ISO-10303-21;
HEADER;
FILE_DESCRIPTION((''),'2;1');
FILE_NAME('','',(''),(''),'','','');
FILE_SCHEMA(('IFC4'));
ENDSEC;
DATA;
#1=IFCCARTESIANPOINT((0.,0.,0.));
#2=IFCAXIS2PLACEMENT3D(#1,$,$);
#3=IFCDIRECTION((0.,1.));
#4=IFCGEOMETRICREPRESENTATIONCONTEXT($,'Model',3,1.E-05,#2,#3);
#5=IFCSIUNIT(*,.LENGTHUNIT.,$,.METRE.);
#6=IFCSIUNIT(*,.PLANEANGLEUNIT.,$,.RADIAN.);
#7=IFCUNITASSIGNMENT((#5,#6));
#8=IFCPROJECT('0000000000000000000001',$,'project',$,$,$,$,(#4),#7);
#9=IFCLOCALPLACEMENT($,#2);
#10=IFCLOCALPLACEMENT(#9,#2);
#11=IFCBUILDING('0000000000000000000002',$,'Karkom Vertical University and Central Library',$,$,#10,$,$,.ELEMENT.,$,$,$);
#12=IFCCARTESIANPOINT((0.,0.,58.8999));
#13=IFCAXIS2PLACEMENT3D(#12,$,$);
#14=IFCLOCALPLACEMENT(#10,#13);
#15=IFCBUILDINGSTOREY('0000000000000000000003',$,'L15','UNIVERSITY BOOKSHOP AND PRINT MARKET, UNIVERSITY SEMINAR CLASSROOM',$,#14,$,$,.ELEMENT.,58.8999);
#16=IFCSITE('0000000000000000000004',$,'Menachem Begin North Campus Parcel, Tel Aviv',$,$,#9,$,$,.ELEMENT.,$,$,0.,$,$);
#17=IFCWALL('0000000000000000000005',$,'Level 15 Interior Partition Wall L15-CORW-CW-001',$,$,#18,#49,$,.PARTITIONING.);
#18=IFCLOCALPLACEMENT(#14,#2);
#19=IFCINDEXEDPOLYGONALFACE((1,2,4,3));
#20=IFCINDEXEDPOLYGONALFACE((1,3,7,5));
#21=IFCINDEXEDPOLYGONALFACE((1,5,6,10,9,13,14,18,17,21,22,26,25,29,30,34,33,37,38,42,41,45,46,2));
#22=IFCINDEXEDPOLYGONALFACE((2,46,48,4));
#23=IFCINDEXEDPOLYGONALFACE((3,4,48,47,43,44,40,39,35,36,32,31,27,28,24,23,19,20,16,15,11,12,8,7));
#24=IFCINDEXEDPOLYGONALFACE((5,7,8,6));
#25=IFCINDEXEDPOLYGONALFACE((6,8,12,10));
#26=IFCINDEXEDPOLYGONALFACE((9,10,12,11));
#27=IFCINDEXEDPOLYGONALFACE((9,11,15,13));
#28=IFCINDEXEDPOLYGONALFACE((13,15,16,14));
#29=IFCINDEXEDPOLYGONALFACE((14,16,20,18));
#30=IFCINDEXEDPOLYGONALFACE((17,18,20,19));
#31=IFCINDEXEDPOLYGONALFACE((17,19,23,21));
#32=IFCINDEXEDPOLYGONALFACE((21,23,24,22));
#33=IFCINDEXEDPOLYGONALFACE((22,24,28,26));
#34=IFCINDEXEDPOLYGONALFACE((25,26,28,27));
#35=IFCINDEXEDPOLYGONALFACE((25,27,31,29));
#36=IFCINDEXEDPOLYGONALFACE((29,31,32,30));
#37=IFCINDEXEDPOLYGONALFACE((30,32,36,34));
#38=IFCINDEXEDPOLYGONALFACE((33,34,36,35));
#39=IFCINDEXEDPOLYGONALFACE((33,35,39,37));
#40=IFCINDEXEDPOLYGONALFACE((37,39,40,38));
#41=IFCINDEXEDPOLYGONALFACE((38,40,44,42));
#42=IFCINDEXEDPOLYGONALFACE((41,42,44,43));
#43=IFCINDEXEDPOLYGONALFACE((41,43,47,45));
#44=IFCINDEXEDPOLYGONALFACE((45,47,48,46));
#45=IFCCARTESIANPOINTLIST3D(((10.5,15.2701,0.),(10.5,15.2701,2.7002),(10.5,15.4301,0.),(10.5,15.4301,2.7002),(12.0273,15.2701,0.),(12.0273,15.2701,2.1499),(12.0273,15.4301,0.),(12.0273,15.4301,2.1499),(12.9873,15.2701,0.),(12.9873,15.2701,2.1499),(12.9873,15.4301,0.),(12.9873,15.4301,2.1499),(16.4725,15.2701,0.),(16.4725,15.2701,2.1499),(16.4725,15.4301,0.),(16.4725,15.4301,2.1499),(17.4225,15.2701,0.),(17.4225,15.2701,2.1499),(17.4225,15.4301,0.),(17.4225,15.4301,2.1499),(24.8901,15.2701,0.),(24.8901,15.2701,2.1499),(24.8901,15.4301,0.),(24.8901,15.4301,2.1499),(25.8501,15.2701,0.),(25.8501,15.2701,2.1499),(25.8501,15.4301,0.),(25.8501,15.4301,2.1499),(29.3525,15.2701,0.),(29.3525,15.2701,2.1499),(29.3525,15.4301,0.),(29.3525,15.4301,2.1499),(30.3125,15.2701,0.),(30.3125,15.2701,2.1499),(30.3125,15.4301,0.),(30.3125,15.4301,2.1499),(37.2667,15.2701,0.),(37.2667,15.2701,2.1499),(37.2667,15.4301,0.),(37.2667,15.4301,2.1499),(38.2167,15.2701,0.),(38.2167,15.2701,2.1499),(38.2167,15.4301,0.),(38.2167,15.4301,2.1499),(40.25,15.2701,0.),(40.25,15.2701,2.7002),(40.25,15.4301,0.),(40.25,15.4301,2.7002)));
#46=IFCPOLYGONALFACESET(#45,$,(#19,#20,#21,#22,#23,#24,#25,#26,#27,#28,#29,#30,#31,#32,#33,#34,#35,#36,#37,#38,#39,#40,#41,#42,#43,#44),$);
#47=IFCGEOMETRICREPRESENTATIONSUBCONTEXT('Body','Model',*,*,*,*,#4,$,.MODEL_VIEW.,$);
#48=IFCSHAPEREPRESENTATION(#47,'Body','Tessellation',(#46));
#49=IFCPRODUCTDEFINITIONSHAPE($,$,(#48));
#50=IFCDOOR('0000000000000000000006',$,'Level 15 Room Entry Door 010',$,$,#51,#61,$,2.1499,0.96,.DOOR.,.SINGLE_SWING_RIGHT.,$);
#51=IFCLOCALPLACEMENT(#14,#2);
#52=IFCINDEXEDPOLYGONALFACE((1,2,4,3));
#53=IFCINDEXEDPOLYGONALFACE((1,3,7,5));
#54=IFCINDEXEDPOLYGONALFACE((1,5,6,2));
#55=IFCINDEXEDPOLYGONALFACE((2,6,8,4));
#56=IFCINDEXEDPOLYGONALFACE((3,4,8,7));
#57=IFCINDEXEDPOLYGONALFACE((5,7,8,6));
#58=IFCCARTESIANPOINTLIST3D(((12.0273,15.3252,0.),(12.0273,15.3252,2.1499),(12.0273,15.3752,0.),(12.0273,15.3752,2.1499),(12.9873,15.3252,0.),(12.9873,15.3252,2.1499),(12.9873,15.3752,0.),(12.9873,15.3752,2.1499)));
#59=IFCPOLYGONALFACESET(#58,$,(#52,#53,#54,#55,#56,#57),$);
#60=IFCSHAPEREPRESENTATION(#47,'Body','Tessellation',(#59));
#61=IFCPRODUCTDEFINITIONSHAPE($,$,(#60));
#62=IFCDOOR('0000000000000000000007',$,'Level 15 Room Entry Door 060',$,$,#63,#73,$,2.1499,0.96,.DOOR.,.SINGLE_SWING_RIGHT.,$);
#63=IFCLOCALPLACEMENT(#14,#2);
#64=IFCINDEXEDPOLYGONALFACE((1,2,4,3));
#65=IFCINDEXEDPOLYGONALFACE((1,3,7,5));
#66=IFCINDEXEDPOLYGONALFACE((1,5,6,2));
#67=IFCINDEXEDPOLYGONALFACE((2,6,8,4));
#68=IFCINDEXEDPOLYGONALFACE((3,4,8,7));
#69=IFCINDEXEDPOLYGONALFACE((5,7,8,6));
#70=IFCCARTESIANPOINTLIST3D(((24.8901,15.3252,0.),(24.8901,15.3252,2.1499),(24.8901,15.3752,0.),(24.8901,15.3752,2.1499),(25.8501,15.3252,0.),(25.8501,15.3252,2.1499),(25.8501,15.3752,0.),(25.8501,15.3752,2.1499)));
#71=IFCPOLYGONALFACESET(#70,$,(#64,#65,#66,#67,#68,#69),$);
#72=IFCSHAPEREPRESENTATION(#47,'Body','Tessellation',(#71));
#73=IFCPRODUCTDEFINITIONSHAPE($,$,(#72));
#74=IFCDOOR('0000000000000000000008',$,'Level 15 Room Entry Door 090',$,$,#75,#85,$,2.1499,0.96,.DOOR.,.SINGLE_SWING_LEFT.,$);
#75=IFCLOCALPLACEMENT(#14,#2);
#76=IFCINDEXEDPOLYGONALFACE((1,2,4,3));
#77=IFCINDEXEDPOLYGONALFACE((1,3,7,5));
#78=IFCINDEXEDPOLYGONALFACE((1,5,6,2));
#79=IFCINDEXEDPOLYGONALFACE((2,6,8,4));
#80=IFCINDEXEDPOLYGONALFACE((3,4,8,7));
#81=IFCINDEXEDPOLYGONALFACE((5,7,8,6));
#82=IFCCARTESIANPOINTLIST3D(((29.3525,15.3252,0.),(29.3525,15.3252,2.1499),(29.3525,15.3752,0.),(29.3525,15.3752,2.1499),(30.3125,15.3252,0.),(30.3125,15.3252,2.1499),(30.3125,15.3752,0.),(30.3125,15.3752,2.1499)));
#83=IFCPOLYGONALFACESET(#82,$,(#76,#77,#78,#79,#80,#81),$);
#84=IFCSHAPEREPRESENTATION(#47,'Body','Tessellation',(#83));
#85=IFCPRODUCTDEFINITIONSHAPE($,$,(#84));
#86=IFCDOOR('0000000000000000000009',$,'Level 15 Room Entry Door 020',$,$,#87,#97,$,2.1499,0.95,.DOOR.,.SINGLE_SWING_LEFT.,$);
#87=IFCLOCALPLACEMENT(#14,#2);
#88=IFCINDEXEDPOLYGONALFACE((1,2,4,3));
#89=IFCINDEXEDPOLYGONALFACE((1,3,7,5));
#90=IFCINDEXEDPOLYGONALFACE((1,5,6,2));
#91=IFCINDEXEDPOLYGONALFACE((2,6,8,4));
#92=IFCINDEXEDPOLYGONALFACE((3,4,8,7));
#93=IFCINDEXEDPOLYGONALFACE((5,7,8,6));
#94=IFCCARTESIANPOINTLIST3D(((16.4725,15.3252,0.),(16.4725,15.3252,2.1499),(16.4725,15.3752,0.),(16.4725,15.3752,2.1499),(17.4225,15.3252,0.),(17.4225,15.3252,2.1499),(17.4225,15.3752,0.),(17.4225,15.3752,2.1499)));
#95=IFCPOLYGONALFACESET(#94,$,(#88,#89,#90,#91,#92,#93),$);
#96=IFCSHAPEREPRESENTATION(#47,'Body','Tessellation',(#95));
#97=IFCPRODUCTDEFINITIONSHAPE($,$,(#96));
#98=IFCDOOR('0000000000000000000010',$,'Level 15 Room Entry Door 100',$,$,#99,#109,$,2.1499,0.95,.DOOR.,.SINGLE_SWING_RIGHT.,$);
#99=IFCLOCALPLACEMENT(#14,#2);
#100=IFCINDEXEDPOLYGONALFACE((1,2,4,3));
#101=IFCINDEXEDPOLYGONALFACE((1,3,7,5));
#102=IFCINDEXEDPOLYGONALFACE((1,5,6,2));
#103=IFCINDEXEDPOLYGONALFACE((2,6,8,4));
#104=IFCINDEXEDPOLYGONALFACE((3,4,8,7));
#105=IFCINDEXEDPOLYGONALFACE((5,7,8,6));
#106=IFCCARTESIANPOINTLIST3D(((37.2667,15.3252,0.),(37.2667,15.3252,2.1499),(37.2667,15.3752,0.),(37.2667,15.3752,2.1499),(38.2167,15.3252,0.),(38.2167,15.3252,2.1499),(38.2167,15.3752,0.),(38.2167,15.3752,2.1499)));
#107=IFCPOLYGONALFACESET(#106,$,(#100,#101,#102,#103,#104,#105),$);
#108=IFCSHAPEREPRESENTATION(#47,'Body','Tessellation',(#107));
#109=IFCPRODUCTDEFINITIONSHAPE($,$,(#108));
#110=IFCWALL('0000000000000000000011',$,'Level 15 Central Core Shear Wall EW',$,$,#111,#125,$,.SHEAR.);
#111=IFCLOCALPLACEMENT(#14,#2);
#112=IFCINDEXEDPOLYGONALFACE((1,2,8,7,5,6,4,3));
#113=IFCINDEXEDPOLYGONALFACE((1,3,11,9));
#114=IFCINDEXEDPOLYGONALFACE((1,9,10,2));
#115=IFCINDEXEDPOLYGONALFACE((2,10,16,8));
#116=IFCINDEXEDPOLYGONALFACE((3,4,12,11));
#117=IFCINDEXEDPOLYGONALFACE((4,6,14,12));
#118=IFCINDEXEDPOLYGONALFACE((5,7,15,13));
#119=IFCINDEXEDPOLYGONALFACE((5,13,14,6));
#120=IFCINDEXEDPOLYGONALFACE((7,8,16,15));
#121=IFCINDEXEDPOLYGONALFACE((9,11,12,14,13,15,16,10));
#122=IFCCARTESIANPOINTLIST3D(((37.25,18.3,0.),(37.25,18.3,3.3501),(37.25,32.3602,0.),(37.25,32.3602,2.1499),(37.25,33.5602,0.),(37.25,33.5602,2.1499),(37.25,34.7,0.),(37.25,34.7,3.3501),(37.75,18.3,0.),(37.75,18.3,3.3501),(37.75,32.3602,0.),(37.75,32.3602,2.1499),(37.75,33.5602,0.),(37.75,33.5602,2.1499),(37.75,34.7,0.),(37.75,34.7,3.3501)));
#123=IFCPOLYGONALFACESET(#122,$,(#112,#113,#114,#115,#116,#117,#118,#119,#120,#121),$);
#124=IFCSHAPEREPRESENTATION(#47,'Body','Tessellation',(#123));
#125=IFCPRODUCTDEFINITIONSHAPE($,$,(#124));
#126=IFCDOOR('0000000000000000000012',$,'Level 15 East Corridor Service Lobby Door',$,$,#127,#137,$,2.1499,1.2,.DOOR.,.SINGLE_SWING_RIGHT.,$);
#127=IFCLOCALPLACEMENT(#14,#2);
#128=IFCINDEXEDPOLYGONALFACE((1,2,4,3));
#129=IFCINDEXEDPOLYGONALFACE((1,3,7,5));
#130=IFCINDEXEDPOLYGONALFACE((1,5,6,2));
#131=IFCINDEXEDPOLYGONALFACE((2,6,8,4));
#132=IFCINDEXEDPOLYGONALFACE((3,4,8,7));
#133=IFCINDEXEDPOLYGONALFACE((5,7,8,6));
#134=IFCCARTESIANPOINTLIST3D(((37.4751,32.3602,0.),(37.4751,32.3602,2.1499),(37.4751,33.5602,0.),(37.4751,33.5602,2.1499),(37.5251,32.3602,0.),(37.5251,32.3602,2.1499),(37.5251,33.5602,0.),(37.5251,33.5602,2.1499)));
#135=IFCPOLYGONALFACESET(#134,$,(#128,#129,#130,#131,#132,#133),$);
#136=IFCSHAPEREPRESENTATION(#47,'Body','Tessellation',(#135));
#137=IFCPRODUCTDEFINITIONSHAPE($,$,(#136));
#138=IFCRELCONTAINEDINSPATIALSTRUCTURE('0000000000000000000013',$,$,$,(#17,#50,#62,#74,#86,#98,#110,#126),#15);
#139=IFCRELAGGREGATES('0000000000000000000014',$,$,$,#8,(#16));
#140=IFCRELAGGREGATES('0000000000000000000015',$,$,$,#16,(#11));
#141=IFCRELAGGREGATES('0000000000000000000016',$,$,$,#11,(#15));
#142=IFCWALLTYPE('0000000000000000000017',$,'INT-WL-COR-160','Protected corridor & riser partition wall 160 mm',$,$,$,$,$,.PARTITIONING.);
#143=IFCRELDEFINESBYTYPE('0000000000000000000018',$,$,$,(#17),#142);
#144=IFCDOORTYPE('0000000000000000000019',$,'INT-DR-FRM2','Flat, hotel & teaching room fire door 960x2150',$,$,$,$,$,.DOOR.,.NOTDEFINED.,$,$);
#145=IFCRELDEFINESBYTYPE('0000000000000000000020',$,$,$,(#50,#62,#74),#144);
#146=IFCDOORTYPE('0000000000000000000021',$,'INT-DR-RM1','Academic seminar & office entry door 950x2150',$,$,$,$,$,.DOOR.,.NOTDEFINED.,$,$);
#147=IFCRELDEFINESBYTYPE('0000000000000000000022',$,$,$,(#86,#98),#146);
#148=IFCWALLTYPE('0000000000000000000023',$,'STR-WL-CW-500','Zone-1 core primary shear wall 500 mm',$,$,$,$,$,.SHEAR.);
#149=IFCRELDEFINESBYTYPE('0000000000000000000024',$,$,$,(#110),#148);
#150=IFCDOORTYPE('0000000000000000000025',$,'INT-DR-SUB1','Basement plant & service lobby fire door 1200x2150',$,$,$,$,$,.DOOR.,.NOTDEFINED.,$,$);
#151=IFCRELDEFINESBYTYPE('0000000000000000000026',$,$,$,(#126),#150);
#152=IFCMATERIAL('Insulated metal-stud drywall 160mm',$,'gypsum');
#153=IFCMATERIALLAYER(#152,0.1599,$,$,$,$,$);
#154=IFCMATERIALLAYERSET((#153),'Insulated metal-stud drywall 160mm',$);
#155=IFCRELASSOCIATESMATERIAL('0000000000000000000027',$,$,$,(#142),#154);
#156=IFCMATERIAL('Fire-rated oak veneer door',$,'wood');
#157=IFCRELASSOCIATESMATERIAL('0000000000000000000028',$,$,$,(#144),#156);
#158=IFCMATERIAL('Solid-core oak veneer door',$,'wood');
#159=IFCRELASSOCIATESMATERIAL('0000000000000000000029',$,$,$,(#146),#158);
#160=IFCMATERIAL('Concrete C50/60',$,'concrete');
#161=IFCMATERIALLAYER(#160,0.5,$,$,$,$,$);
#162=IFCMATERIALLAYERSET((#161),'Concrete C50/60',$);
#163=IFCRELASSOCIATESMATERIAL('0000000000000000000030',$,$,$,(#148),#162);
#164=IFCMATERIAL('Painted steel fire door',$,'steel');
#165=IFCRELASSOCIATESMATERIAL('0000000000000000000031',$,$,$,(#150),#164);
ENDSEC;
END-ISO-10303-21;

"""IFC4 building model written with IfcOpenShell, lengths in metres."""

from ifc_helpers import new_model, si_unit, direction, frame, frame_2d, origin, origin_with_axes, place, context, subcontext, project, spatial, rectangle, extrude, source, transform, mapped, material, layer, layer_set, type_object, element, fill, save


model = new_model("IFC4")

# Units and contexts
model_context = context("Model", 3, precision=1e-05, world=origin(), true_north=direction((0.0, 1.0)))
body_context = subcontext(model_context, "Body", "Model", "MODEL_VIEW")
ifc_project = project(units=[si_unit("LENGTHUNIT", "METRE"), si_unit("PLANEANGLEUNIT", "RADIAN")], contexts=[model_context])

# Site, building, storey
site_placement = place(None, origin())
site = spatial("IfcSite", under=ifc_project, at=site_placement, Name="Menachem Begin North Campus Parcel, Tel Aviv", CompositionType="ELEMENT", RefElevation=0.0)
building_placement = place(site_placement, origin())
building = spatial("IfcBuilding", under=site, at=building_placement, Name="Karkom Vertical University and Central Library", CompositionType="ELEMENT")
storey_placement = place(building_placement, frame((0.0, 0.0, 58.8999)))
storey = spatial("IfcBuildingStorey", under=building, at=storey_placement, Name="L15", Description="UNIVERSITY BOOKSHOP AND PRINT MARKET, UNIVERSITY SEMINAR CLASSROOM", CompositionType="ELEMENT", Elevation=58.8999)

# Shared definitions
ifc_material_1 = material(Name="Concrete C50/60", Category="concrete")

# Wall, openings, doors
ifc_material_2 = material(Name="Insulated metal-stud drywall 160mm", Category="gypsum")
ifc_layer_1 = layer(ifc_material_2, 0.1599)
ifc_layer_set_1 = layer_set([ifc_layer_1], Name="Insulated metal-stud drywall 160mm")
wall_type_1 = type_object("IfcWallType", Name="INT-WL-COR-160", Description="Protected corridor & riser partition wall 160 mm", PredefinedType="PARTITIONING", material=ifc_layer_set_1)
wall_1_placement = place(storey_placement, frame((40.25, 15.3501, 0.0), z_axis=(0.0, 0.0, 1.0), x_axis=(-1.0, 0.0, 0.0)))
wall_1 = element("IfcWall", 1, at=wall_1_placement, inside=storey, type_object=wall_type_1, Name="Level 15 Interior Partition Wall L15-CORW-CW-001", PredefinedType="PARTITIONING", context=body_context, shape_type="SweptSolid", body=[
    extrude(rectangle(XDim=29.75, YDim=0.1599, at=frame_2d((14.875, 0.0))), origin(), (0.0, 0.0, 1.0), 2.7002),
])
opening_1_placement = place(wall_1_placement, frame((27.2627, 0.0, 0.0)))
opening_1 = element("IfcOpeningElement", 2, at=opening_1_placement, cuts=wall_1, PredefinedType="OPENING", context=body_context, shape_type="SweptSolid", body=[
    extrude(rectangle(XDim=0.96, YDim=2.1499, at=frame_2d((0.48, 1.075))), frame((0.0, 0.0898, 0.0), z_axis=(0.0, -1.0, 0.0), x_axis=(1.0, 0.0, 0.0)), (0.0, 0.0, 1.0), 0.1799),
])
opening_2_placement = place(wall_1_placement, frame((22.8274, 0.0, 0.0)))
opening_2 = element("IfcOpeningElement", 3, at=opening_2_placement, cuts=wall_1, PredefinedType="OPENING", context=body_context, shape_type="SweptSolid", body=[
    extrude(rectangle(XDim=0.95, YDim=2.1499, at=frame_2d((0.4751, 1.075))), frame((0.0, 0.0898, 0.0), z_axis=(0.0, -1.0, 0.0), x_axis=(1.0, 0.0, 0.0)), (0.0, 0.0, 1.0), 0.1799),
])
opening_3_placement = place(wall_1_placement, frame((14.3999, 0.0, 0.0)))
opening_3 = element("IfcOpeningElement", 4, at=opening_3_placement, cuts=wall_1, PredefinedType="OPENING", context=body_context, shape_type="SweptSolid", body=[
    extrude(rectangle(XDim=0.96, YDim=2.1499, at=frame_2d((0.48, 1.075))), frame((0.0, 0.0898, 0.0), z_axis=(0.0, -1.0, 0.0), x_axis=(1.0, 0.0, 0.0)), (0.0, 0.0, 1.0), 0.1799),
])
opening_4_placement = place(wall_1_placement, frame((9.9375, 0.0, 0.0)))
opening_4 = element("IfcOpeningElement", 5, at=opening_4_placement, cuts=wall_1, PredefinedType="OPENING", context=body_context, shape_type="SweptSolid", body=[
    extrude(rectangle(XDim=0.96, YDim=2.1499, at=frame_2d((0.48, 1.075))), frame((0.0, 0.0898, 0.0), z_axis=(0.0, -1.0, 0.0), x_axis=(1.0, 0.0, 0.0)), (0.0, 0.0, 1.0), 0.1799),
])
opening_5_placement = place(wall_1_placement, frame((2.0332, 0.0, 0.0)))
opening_5 = element("IfcOpeningElement", 6, at=opening_5_placement, cuts=wall_1, PredefinedType="OPENING", context=body_context, shape_type="SweptSolid", body=[
    extrude(rectangle(XDim=0.95, YDim=2.1499, at=frame_2d((0.4751, 1.075))), frame((0.0, 0.0898, 0.0), z_axis=(0.0, -1.0, 0.0), x_axis=(1.0, 0.0, 0.0)), (0.0, 0.0, 1.0), 0.1799),
])
ifc_material_3 = material(Name="Fire-rated oak veneer door", Category="wood")
door_type_1 = type_object("IfcDoorType", Name="INT-DR-FRM2", Description="Flat, hotel & teaching room fire door 960x2150", OperationType="NOTDEFINED", PredefinedType="DOOR", material=ifc_material_3)
shared_shape_1 = source(origin_with_axes(), body_context, "Body", "SweptSolid", [
    extrude(rectangle(XDim=0.96, YDim=2.1499, at=frame_2d((0.48, 1.075))), frame((0.0, 0.0249, 0.0), z_axis=(0.0, -1.0, 0.0), x_axis=(1.0, 0.0, 0.0)), (0.0, 0.0, 1.0), 0.05),
])
door_1_placement = place(opening_1_placement, origin())
door_1 = element("IfcDoor", 7, at=door_1_placement, inside=storey, type_object=door_type_1, Name="Level 15 Room Entry Door 010", OperationType="SINGLE_SWING_RIGHT", OverallHeight=2.1499, OverallWidth=0.96, PredefinedType="DOOR", context=body_context, shape_type="MappedRepresentation", body=[
    mapped(shared_shape_1, transform((0.0, 0.0, 0.0), scale=1.0)),
])
fill(opening_1, door_1)
door_2_placement = place(opening_3_placement, origin())
door_2 = element("IfcDoor", 8, at=door_2_placement, inside=storey, type_object=door_type_1, Name="Level 15 Room Entry Door 060", OperationType="SINGLE_SWING_RIGHT", OverallHeight=2.1499, OverallWidth=0.96, PredefinedType="DOOR", context=body_context, shape_type="MappedRepresentation", body=[
    mapped(shared_shape_1, transform((0.0, 0.0, 0.0), scale=1.0)),
])
fill(opening_3, door_2)
door_3_placement = place(opening_4_placement, origin())
door_3 = element("IfcDoor", 9, at=door_3_placement, inside=storey, type_object=door_type_1, Name="Level 15 Room Entry Door 090", OperationType="SINGLE_SWING_LEFT", OverallHeight=2.1499, OverallWidth=0.96, PredefinedType="DOOR", context=body_context, shape_type="MappedRepresentation", body=[
    mapped(shared_shape_1, transform((0.0, 0.0, 0.0), scale=1.0)),
])
fill(opening_4, door_3)
ifc_material_4 = material(Name="Solid-core oak veneer door", Category="wood")
door_type_2 = type_object("IfcDoorType", Name="INT-DR-RM1", Description="Academic seminar & office entry door 950x2150", OperationType="NOTDEFINED", PredefinedType="DOOR", material=ifc_material_4)
shared_shape_2 = source(origin_with_axes(), body_context, "Body", "SweptSolid", [
    extrude(rectangle(XDim=0.95, YDim=2.1499, at=frame_2d((0.4751, 1.075))), frame((0.0, 0.0249, 0.0), z_axis=(0.0, -1.0, 0.0), x_axis=(1.0, 0.0, 0.0)), (0.0, 0.0, 1.0), 0.05),
])
door_4_placement = place(opening_2_placement, origin())
door_4 = element("IfcDoor", 10, at=door_4_placement, inside=storey, type_object=door_type_2, Name="Level 15 Room Entry Door 020", OperationType="SINGLE_SWING_LEFT", OverallHeight=2.1499, OverallWidth=0.95, PredefinedType="DOOR", context=body_context, shape_type="MappedRepresentation", body=[
    mapped(shared_shape_2, transform((0.0, 0.0, 0.0), scale=1.0)),
])
fill(opening_2, door_4)
door_5_placement = place(opening_5_placement, origin())
door_5 = element("IfcDoor", 11, at=door_5_placement, inside=storey, type_object=door_type_2, Name="Level 15 Room Entry Door 100", OperationType="SINGLE_SWING_RIGHT", OverallHeight=2.1499, OverallWidth=0.95, PredefinedType="DOOR", context=body_context, shape_type="MappedRepresentation", body=[
    mapped(shared_shape_2, transform((0.0, 0.0, 0.0), scale=1.0)),
])
fill(opening_5, door_5)

# Wall, opening, door
ifc_layer_2 = layer(ifc_material_1, 0.5)
ifc_layer_set_2 = layer_set([ifc_layer_2], Name="Concrete C50/60")
wall_type_2 = type_object("IfcWallType", Name="STR-WL-CW-500", Description="Zone-1 core primary shear wall 500 mm", PredefinedType="SHEAR", material=ifc_layer_set_2)
wall_2_placement = place(storey_placement, frame((37.5, 18.3, 0.0), z_axis=(0.0, 0.0, 1.0), x_axis=(0.0, 1.0, 0.0)))
wall_2 = element("IfcWall", 12, at=wall_2_placement, inside=storey, type_object=wall_type_2, Name="Level 15 Central Core Shear Wall EW", PredefinedType="SHEAR", context=body_context, shape_type="SweptSolid", body=[
    extrude(rectangle(XDim=16.3999, YDim=0.5, at=frame_2d((8.2, 0.0))), origin(), (0.0, 0.0, 1.0), 3.3501),
])
opening_6_placement = place(wall_2_placement, frame((14.0601, 0.0, 0.0)))
opening_6 = element("IfcOpeningElement", 13, at=opening_6_placement, cuts=wall_2, PredefinedType="OPENING", context=body_context, shape_type="SweptSolid", body=[
    extrude(rectangle(XDim=1.2, YDim=2.1499, at=frame_2d((0.6001, 1.075))), frame((0.0, 0.26, 0.0), z_axis=(0.0, -1.0, 0.0), x_axis=(1.0, 0.0, 0.0)), (0.0, 0.0, 1.0), 0.52),
])
ifc_material_5 = material(Name="Painted steel fire door", Category="steel")
door_type_3 = type_object("IfcDoorType", Name="INT-DR-SUB1", Description="Basement plant & service lobby fire door 1200x2150", OperationType="NOTDEFINED", PredefinedType="DOOR", material=ifc_material_5)
shared_shape_3 = source(origin_with_axes(), body_context, "Body", "SweptSolid", [
    extrude(rectangle(XDim=1.2, YDim=2.1499, at=frame_2d((0.6001, 1.075))), frame((0.0, 0.0249, 0.0), z_axis=(0.0, -1.0, 0.0), x_axis=(1.0, 0.0, 0.0)), (0.0, 0.0, 1.0), 0.05),
])
door_6_placement = place(opening_6_placement, origin())
door_6 = element("IfcDoor", 14, at=door_6_placement, inside=storey, type_object=door_type_3, Name="Level 15 East Corridor Service Lobby Door", OperationType="SINGLE_SWING_RIGHT", OverallHeight=2.1499, OverallWidth=1.2, PredefinedType="DOOR", context=body_context, shape_type="MappedRepresentation", body=[
    mapped(shared_shape_3, transform((0.0, 0.0, 0.0), scale=1.0)),
])
fill(opening_6, door_6)

save(model, "model.ifc")
